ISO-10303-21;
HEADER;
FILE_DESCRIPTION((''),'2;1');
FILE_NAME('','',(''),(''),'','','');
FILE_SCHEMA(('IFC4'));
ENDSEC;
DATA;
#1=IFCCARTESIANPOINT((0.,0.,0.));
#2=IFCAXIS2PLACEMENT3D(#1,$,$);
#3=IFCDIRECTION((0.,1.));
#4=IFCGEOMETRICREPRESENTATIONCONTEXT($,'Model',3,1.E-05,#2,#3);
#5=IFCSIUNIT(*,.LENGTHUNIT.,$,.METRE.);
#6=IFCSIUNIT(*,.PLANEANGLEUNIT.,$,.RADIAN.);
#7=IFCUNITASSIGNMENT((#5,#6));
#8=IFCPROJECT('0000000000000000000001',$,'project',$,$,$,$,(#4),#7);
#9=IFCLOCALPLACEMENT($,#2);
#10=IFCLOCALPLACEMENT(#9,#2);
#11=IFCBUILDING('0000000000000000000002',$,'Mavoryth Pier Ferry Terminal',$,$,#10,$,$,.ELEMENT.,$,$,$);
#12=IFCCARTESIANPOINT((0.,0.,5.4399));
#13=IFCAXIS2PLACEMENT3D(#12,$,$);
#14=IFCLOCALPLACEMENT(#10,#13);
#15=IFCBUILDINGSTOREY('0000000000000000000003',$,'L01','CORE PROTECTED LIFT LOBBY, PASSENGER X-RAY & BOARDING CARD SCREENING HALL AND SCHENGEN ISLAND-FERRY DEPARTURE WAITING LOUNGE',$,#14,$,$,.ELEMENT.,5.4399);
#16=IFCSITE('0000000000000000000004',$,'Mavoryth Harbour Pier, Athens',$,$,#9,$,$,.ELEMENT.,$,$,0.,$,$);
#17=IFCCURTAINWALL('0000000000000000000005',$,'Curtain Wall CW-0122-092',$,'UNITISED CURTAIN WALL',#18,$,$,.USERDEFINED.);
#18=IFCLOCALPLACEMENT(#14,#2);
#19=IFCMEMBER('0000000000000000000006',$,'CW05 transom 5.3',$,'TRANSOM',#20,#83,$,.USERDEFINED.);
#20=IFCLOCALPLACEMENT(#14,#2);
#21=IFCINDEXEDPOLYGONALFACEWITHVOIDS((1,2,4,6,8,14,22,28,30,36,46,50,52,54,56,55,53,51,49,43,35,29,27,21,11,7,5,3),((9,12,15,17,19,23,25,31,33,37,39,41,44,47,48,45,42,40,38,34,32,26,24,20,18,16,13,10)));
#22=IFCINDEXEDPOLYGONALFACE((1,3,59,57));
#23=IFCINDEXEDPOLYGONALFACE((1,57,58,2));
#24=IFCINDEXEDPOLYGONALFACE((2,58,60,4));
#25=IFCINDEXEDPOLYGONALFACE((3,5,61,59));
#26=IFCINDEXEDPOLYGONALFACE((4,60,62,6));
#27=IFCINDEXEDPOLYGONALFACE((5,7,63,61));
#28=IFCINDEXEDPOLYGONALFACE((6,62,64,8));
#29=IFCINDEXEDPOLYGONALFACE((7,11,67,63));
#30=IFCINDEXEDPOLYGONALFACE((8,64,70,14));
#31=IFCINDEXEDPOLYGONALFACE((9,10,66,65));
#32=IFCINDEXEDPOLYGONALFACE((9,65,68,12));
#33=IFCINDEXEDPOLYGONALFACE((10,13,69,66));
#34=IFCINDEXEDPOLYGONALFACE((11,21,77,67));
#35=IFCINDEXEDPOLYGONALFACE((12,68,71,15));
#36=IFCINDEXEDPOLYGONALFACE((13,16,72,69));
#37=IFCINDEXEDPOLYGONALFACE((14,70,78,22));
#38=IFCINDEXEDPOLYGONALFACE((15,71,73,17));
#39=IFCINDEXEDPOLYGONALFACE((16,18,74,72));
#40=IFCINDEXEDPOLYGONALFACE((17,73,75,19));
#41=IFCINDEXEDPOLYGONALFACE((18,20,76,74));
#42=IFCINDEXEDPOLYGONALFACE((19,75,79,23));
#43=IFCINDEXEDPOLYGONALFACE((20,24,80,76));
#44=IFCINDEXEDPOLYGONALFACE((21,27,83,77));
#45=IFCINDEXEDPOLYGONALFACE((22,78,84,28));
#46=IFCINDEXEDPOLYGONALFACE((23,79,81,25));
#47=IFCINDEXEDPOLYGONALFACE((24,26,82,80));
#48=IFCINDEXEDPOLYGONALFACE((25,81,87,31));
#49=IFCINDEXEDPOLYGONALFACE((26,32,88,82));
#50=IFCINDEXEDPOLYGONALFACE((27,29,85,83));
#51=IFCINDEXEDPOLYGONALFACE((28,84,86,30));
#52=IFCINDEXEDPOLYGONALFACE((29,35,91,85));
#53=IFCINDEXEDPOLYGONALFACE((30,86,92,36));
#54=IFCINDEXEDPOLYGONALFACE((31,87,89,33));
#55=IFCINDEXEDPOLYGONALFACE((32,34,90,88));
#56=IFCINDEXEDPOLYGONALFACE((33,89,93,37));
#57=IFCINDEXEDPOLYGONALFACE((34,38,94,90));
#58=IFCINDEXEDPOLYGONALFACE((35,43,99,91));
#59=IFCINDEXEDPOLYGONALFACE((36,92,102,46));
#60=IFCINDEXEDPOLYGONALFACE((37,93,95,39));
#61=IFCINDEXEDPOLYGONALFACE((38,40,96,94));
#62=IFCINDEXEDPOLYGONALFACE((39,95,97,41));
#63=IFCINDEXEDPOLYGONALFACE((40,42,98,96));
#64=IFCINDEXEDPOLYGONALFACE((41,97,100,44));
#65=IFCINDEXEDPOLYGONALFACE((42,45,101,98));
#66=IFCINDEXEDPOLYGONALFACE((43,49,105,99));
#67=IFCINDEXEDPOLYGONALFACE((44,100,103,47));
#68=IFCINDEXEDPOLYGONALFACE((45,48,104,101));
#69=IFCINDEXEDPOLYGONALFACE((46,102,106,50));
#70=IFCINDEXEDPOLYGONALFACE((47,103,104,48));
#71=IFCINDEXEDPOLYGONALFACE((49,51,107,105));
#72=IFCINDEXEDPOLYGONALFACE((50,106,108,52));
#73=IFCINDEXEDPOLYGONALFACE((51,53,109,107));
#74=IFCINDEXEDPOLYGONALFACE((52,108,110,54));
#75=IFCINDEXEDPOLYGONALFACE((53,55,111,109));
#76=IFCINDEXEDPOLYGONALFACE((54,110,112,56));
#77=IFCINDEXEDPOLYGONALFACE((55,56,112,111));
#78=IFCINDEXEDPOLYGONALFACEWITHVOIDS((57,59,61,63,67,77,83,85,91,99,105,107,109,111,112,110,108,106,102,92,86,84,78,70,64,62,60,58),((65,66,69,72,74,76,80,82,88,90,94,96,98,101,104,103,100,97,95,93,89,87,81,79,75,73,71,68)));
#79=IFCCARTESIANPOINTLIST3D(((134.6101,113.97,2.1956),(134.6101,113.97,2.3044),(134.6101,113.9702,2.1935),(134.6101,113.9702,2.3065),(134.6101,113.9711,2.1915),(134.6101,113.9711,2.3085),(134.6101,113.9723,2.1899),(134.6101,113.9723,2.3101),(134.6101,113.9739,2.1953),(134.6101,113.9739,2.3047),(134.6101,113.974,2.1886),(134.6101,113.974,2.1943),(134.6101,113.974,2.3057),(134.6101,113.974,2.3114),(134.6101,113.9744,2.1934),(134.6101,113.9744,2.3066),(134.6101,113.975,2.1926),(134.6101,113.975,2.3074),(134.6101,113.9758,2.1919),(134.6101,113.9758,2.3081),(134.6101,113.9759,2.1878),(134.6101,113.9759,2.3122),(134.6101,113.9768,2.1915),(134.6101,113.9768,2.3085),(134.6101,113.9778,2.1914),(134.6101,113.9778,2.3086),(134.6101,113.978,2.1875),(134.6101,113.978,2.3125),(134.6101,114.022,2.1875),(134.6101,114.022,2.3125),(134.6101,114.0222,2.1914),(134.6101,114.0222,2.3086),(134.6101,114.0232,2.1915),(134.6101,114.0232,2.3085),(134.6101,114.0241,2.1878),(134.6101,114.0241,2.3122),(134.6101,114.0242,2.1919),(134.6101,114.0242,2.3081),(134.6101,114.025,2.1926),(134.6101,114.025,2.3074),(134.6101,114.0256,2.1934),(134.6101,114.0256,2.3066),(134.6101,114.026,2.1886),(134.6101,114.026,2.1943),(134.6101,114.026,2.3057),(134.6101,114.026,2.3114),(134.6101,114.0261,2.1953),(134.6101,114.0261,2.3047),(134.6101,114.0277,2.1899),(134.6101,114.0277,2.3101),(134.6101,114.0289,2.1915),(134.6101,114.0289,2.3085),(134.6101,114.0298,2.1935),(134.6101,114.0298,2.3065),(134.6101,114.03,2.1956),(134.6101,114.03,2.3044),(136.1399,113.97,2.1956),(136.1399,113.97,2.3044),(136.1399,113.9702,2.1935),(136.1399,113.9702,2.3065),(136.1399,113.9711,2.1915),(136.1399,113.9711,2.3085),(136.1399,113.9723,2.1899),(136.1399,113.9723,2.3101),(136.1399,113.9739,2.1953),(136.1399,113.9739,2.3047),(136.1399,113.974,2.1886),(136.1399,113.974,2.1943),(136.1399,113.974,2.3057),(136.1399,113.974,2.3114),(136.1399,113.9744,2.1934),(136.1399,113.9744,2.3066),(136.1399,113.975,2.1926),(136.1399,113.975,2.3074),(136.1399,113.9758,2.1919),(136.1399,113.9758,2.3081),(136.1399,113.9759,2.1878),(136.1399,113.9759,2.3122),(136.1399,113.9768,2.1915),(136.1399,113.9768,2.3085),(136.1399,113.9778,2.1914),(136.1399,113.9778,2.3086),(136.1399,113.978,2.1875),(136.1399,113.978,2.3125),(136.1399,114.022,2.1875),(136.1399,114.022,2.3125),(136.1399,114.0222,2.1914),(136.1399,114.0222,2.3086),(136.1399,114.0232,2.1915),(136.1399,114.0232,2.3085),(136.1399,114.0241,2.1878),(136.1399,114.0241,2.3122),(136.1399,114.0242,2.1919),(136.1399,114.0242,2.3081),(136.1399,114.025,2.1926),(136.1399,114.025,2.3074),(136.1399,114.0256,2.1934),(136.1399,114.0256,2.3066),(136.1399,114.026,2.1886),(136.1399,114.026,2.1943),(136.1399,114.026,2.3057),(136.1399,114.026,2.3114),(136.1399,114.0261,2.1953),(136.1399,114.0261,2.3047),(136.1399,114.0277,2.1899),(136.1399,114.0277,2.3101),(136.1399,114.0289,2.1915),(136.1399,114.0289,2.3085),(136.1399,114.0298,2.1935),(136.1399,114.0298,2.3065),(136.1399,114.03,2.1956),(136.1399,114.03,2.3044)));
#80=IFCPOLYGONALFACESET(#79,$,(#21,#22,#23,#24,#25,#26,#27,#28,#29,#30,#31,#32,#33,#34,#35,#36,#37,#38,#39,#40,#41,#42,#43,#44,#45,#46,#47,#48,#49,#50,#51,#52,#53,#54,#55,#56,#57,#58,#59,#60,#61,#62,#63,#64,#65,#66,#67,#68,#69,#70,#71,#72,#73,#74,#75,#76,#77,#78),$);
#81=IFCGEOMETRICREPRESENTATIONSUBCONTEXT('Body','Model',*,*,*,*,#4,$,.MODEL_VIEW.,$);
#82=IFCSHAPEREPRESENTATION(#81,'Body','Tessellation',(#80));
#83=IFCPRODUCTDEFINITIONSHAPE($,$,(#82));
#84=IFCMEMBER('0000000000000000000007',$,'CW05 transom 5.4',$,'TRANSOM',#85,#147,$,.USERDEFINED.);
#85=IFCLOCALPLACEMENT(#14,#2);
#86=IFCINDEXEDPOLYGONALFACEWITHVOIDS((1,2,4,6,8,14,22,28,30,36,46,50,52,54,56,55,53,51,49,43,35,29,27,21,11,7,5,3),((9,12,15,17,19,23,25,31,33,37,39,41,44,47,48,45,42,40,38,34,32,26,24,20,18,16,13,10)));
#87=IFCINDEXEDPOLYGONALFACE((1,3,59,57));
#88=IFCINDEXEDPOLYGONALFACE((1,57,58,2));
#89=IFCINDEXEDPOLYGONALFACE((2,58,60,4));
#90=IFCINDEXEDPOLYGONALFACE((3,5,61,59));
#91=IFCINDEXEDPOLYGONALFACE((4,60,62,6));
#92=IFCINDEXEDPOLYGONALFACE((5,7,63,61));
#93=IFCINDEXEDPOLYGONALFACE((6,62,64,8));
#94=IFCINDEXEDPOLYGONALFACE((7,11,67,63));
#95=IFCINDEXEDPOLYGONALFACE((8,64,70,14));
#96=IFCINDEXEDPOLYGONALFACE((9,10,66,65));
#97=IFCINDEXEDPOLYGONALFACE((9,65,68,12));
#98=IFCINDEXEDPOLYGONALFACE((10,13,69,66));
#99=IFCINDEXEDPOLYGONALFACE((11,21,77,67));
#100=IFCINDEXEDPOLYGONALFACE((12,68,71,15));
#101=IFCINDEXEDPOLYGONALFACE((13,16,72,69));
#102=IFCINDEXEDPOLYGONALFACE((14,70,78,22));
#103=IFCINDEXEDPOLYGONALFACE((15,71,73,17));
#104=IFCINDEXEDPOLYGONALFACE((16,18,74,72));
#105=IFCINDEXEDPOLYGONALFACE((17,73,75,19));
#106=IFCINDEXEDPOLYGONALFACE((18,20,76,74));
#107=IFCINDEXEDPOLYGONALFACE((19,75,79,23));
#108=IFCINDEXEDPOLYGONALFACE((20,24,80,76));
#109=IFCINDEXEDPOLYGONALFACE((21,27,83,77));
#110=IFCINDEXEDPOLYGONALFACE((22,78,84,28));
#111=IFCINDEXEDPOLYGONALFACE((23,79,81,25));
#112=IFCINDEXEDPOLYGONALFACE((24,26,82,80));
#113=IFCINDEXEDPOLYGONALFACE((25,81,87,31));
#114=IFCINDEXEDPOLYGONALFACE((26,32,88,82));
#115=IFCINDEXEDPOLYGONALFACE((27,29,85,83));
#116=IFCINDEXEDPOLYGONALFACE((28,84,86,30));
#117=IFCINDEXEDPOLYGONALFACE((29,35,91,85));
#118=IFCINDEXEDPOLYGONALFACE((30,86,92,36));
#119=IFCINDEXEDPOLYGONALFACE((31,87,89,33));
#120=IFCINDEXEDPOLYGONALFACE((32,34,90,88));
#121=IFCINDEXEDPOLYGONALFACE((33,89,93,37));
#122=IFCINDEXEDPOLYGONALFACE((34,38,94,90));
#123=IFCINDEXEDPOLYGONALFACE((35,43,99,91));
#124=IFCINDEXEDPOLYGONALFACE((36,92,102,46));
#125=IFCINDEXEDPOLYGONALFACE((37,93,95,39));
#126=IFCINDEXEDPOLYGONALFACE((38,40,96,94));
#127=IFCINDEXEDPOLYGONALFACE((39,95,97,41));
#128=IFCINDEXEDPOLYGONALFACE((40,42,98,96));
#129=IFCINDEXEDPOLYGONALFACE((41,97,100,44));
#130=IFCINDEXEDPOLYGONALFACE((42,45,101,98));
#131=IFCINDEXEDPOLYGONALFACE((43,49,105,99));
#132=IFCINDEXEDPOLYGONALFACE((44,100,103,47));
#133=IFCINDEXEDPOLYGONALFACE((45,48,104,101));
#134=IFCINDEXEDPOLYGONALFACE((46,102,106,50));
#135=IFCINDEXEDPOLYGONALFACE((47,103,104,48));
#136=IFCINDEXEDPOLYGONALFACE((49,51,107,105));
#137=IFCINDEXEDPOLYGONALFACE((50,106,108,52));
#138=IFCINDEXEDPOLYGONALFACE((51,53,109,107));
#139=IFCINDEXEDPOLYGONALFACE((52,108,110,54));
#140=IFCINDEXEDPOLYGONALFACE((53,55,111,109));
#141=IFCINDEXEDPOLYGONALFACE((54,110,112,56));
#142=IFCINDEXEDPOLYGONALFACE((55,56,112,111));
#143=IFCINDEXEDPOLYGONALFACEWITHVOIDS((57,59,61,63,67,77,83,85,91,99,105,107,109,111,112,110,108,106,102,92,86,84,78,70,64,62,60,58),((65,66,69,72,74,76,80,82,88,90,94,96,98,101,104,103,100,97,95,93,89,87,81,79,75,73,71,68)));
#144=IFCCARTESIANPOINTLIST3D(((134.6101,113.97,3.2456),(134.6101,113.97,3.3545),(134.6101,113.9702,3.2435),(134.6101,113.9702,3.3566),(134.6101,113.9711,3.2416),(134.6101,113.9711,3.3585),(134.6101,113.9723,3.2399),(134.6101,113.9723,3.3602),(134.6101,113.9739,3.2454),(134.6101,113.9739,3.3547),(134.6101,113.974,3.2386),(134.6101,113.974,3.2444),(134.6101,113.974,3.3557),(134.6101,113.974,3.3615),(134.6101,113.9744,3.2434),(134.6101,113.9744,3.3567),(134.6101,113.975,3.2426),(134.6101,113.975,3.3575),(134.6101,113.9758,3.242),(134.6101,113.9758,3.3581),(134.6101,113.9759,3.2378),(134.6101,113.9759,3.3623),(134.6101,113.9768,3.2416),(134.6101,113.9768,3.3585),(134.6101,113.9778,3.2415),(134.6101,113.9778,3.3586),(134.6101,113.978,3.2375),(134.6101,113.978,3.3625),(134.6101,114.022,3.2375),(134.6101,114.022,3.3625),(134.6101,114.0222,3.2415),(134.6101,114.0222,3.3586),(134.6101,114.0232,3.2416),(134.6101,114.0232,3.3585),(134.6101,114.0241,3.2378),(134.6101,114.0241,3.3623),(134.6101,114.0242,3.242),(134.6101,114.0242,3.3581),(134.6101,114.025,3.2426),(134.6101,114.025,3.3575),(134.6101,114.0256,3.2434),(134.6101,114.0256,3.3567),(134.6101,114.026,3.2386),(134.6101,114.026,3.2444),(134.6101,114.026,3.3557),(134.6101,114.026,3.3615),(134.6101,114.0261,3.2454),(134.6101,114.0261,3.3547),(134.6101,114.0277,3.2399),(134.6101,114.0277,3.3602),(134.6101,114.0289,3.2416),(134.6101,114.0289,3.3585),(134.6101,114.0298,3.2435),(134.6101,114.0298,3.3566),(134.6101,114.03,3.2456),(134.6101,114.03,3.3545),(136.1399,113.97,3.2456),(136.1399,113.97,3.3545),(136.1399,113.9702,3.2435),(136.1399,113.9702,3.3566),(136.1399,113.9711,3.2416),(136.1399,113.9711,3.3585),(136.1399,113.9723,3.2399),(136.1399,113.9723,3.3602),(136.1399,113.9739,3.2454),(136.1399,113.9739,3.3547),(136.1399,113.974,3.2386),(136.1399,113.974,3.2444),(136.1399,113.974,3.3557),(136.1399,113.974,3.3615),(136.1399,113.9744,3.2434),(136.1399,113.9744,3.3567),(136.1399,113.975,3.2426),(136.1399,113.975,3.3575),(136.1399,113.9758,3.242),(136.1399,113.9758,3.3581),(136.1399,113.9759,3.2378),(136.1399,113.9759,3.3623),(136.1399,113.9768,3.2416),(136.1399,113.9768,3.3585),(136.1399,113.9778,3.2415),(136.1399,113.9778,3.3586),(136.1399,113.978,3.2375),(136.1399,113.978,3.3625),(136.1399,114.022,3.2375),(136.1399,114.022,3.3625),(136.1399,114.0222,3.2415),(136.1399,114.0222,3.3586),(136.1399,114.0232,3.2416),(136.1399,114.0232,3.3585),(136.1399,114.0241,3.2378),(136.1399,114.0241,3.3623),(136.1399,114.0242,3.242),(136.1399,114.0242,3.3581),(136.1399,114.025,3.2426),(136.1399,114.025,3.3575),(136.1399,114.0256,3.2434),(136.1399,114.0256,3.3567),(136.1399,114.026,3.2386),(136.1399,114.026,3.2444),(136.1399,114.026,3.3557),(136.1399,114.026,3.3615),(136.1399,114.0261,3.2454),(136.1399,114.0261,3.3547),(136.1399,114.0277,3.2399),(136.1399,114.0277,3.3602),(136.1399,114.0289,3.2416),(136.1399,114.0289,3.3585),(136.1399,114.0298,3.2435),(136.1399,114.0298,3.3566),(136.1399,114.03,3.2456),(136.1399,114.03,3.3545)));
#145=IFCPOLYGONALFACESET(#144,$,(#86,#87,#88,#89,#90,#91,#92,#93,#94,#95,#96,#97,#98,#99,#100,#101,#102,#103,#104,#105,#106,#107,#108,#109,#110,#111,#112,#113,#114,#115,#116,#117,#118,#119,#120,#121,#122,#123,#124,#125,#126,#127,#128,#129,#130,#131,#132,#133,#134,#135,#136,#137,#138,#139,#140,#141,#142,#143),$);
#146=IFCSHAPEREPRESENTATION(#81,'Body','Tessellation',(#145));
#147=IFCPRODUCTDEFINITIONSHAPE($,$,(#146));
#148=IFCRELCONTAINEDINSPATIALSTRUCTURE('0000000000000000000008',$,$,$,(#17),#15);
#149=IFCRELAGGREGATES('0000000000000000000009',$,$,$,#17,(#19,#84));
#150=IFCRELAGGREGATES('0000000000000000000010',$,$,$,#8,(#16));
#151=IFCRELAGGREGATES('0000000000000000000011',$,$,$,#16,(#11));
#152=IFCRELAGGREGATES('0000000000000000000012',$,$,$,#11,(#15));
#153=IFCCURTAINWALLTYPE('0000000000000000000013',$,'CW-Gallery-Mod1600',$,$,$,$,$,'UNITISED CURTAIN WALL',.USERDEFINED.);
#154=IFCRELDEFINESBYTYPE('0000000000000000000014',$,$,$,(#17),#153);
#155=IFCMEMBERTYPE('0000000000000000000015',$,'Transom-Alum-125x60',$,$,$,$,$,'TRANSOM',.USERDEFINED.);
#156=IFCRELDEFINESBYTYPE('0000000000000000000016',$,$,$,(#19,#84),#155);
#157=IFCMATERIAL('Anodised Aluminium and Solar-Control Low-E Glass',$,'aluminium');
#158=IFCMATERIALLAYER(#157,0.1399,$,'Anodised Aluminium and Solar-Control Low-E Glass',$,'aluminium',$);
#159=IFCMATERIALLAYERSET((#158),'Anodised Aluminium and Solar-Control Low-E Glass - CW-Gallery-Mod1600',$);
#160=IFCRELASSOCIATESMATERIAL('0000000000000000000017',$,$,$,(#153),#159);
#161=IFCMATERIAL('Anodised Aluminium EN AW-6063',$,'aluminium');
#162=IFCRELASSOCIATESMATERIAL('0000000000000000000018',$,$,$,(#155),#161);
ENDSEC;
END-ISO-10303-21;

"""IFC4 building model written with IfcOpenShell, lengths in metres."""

from ifc_helpers import new_model, si_unit, direction, frame, origin, origin_2d, place, context, subcontext, project, spatial, hollow_rectangle, extrude, material, layer, layer_set, material_profile, profile_set, type_object, element, aggregate, save


model = new_model("IFC4")

# Units and contexts
model_context = context("Model", 3, precision=1e-05, world=origin(), true_north=direction((0.0, 1.0)))
body_context = subcontext(model_context, "Body", "Model", "MODEL_VIEW")
ifc_project = project(units=[si_unit("LENGTHUNIT", "METRE"), si_unit("PLANEANGLEUNIT", "RADIAN")], contexts=[model_context])

# Site, building, storey
site_placement = place(None, origin())
site = spatial("IfcSite", under=ifc_project, at=site_placement, Name="Mavoryth Harbour Pier, Athens", CompositionType="ELEMENT", RefElevation=0.0)
building_placement = place(site_placement, origin())
building = spatial("IfcBuilding", under=site, at=building_placement, Name="Mavoryth Pier Ferry Terminal", CompositionType="ELEMENT")
storey_placement = place(building_placement, frame((0.0, 0.0, 5.4399)))
storey = spatial("IfcBuildingStorey", under=building, at=storey_placement, Name="L01", Description="CORE PROTECTED LIFT LOBBY, PASSENGER X-RAY & BOARDING CARD SCREENING HALL AND SCHENGEN ISLAND-FERRY DEPARTURE WAITING LOUNGE", CompositionType="ELEMENT", Elevation=5.4399)

# Curtain wall
ifc_material_1 = material(Name="Anodised Aluminium and Solar-Control Low-E Glass", Category="aluminium")
ifc_layer_1 = layer(ifc_material_1, 0.1399, Name="Anodised Aluminium and Solar-Control Low-E Glass", Category="aluminium")
ifc_layer_set_1 = layer_set([ifc_layer_1], Name="Anodised Aluminium and Solar-Control Low-E Glass - CW-Gallery-Mod1600")
curtain_wall_type = type_object("IfcCurtainWallType", Name="CW-Gallery-Mod1600", ElementType="UNITISED CURTAIN WALL", PredefinedType="USERDEFINED", material=ifc_layer_set_1)
ifc_material_2 = material(Name="Anodised Aluminium EN AW-6063", Category="aluminium")
curtain_wall_1_placement = place(storey_placement, origin())
curtain_wall_1 = element("IfcCurtainWall", 1, at=curtain_wall_1_placement, inside=storey, type_object=curtain_wall_type, Name="Curtain Wall CW-0122-092", ObjectType="UNITISED CURTAIN WALL", PredefinedType="USERDEFINED")

# Members
ifc_material_profile_1 = material_profile(ifc_material_2, hollow_rectangle(XDim=0.0601, YDim=0.125, WallThickness=0.0039, InnerFilletRadius=0.0039, OuterFilletRadius=0.0081, at=origin_2d()), Name="AL-TRAN 125x60x4", Category="aluminium")
ifc_profile_set_1 = profile_set([ifc_material_profile_1], Name="Anodised Aluminium EN AW-6063 - AL-TRAN 125x60x4")
member_type_1 = type_object("IfcMemberType", Name="Transom-Alum-125x60", ElementType="TRANSOM", PredefinedType="USERDEFINED", material=ifc_profile_set_1)
member_1_placement = place(storey_placement, frame((136.1399, 114.0, 2.25), z_axis=(-1.0, 0.0, 0.0), x_axis=(0.0, -1.0, 0.0)))
member_1 = element("IfcMember", 2, at=member_1_placement, type_object=member_type_1, Name="CW05 transom 5.3", ObjectType="TRANSOM", PredefinedType="USERDEFINED", context=body_context, shape_type="SweptSolid", body=[
    extrude(hollow_rectangle(XDim=0.0601, YDim=0.125, WallThickness=0.0039, InnerFilletRadius=0.0039, OuterFilletRadius=0.0081, at=origin_2d()), origin(), (0.0, 0.0, 1.0), 1.5298),
])
member_2_placement = place(storey_placement, frame((136.1399, 114.0, 3.3), z_axis=(-1.0, 0.0, 0.0), x_axis=(0.0, -1.0, 0.0)))
member_2 = element("IfcMember", 3, at=member_2_placement, type_object=member_type_1, Name="CW05 transom 5.4", ObjectType="TRANSOM", PredefinedType="USERDEFINED", context=body_context, shape_type="SweptSolid", body=[
    extrude(hollow_rectangle(XDim=0.0601, YDim=0.125, WallThickness=0.0039, InnerFilletRadius=0.0039, OuterFilletRadius=0.0081, at=origin_2d()), origin(), (0.0, 0.0, 1.0), 1.5298),
])

aggregate(curtain_wall_1, [member_1, member_2])

save(model, "model.ifc")
